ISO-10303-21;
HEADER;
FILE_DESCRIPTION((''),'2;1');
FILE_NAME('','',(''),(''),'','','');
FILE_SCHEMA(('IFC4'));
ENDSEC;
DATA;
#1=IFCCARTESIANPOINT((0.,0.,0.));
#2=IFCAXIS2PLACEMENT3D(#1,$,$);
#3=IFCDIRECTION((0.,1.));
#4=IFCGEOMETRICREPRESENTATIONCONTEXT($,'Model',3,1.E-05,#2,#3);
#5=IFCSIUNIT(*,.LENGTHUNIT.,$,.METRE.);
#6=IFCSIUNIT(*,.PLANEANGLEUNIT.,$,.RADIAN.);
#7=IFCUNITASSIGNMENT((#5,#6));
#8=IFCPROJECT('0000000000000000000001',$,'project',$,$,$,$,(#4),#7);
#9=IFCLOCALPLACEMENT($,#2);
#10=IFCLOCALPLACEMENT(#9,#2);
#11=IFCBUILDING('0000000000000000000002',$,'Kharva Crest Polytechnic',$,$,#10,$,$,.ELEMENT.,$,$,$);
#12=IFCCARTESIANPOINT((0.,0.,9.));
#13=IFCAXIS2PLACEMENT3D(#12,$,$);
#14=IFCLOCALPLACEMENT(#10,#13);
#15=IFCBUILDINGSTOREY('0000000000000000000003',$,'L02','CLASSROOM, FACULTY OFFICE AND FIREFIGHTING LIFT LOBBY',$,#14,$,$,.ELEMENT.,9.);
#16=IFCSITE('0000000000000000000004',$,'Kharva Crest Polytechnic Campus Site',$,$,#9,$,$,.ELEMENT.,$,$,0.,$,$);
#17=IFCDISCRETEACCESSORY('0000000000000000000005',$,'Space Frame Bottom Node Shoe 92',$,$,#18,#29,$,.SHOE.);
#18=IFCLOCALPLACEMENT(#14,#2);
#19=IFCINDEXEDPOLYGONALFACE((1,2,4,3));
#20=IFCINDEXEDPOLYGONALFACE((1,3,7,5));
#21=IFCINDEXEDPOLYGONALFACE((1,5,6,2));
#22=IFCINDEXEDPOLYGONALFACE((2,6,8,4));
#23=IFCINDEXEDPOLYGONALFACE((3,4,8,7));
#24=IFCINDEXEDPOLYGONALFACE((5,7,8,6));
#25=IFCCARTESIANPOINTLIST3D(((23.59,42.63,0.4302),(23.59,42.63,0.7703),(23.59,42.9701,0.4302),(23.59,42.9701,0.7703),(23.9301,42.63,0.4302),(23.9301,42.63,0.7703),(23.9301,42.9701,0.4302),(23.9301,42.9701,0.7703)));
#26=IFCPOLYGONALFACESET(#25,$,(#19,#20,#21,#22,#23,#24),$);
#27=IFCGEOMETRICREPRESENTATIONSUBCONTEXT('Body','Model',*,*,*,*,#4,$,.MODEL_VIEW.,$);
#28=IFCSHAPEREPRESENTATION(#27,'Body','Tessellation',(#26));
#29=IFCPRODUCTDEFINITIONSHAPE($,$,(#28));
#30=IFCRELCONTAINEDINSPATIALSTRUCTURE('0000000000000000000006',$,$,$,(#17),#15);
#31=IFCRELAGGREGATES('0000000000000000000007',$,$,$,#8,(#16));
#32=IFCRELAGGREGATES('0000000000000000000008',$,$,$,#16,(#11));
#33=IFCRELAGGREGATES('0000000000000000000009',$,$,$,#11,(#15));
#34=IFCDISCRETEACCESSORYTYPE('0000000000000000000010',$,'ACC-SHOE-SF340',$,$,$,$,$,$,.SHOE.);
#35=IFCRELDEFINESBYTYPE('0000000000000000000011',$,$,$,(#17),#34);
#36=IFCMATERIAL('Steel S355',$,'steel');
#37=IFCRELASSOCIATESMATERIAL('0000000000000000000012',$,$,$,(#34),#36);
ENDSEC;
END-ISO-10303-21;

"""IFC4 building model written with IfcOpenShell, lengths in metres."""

from ifc_helpers import new_model, si_unit, direction, frame, origin, origin_2d, place, context, subcontext, project, spatial, rectangle, extrude, material, type_object, element, save


model = new_model("IFC4")

# Units and contexts
model_context = context("Model", 3, precision=1e-05, world=origin(), true_north=direction((0.0, 1.0)))
body_context = subcontext(model_context, "Body", "Model", "MODEL_VIEW")
ifc_project = project(units=[si_unit("LENGTHUNIT", "METRE"), si_unit("PLANEANGLEUNIT", "RADIAN")], contexts=[model_context])

# Site, building, storey
site_placement = place(None, origin())
site = spatial("IfcSite", under=ifc_project, at=site_placement, Name="Kharva Crest Polytechnic Campus Site", CompositionType="ELEMENT", RefElevation=0.0)
building_placement = place(site_placement, origin())
building = spatial("IfcBuilding", under=site, at=building_placement, Name="Kharva Crest Polytechnic", CompositionType="ELEMENT")
storey_placement = place(building_placement, frame((0.0, 0.0, 9.0)))
storey = spatial("IfcBuildingStorey", under=building, at=storey_placement, Name="L02", Description="CLASSROOM, FACULTY OFFICE AND FIREFIGHTING LIFT LOBBY", CompositionType="ELEMENT", Elevation=9.0)

# Shared definitions
ifc_material = material(Name="Steel S355", Category="steel")

# Discrete accessory
discrete_accessory_type_1 = type_object("IfcDiscreteAccessoryType", Name="ACC-SHOE-SF340", PredefinedType="SHOE", material=ifc_material)
for number, where, z_axis, x_axis, name in (
    (1, (23.76, 42.8, 0.4302), (0.0, 0.0, 1.0), (1.0, 0.0, 0.0), "Space Frame Bottom Node Shoe 92"),
):
    element("IfcDiscreteAccessory", number, at=place(storey_placement, frame(where, z_axis=z_axis, x_axis=x_axis)), inside=storey, type_object=discrete_accessory_type_1, Name=name, PredefinedType="SHOE", context=body_context, shape_type="SweptSolid", body=[
        extrude(rectangle(XDim=0.3401, YDim=0.3401, at=origin_2d()), origin(), (0.0, 0.0, 1.0), 0.3401),
    ])

save(model, "model.ifc")
